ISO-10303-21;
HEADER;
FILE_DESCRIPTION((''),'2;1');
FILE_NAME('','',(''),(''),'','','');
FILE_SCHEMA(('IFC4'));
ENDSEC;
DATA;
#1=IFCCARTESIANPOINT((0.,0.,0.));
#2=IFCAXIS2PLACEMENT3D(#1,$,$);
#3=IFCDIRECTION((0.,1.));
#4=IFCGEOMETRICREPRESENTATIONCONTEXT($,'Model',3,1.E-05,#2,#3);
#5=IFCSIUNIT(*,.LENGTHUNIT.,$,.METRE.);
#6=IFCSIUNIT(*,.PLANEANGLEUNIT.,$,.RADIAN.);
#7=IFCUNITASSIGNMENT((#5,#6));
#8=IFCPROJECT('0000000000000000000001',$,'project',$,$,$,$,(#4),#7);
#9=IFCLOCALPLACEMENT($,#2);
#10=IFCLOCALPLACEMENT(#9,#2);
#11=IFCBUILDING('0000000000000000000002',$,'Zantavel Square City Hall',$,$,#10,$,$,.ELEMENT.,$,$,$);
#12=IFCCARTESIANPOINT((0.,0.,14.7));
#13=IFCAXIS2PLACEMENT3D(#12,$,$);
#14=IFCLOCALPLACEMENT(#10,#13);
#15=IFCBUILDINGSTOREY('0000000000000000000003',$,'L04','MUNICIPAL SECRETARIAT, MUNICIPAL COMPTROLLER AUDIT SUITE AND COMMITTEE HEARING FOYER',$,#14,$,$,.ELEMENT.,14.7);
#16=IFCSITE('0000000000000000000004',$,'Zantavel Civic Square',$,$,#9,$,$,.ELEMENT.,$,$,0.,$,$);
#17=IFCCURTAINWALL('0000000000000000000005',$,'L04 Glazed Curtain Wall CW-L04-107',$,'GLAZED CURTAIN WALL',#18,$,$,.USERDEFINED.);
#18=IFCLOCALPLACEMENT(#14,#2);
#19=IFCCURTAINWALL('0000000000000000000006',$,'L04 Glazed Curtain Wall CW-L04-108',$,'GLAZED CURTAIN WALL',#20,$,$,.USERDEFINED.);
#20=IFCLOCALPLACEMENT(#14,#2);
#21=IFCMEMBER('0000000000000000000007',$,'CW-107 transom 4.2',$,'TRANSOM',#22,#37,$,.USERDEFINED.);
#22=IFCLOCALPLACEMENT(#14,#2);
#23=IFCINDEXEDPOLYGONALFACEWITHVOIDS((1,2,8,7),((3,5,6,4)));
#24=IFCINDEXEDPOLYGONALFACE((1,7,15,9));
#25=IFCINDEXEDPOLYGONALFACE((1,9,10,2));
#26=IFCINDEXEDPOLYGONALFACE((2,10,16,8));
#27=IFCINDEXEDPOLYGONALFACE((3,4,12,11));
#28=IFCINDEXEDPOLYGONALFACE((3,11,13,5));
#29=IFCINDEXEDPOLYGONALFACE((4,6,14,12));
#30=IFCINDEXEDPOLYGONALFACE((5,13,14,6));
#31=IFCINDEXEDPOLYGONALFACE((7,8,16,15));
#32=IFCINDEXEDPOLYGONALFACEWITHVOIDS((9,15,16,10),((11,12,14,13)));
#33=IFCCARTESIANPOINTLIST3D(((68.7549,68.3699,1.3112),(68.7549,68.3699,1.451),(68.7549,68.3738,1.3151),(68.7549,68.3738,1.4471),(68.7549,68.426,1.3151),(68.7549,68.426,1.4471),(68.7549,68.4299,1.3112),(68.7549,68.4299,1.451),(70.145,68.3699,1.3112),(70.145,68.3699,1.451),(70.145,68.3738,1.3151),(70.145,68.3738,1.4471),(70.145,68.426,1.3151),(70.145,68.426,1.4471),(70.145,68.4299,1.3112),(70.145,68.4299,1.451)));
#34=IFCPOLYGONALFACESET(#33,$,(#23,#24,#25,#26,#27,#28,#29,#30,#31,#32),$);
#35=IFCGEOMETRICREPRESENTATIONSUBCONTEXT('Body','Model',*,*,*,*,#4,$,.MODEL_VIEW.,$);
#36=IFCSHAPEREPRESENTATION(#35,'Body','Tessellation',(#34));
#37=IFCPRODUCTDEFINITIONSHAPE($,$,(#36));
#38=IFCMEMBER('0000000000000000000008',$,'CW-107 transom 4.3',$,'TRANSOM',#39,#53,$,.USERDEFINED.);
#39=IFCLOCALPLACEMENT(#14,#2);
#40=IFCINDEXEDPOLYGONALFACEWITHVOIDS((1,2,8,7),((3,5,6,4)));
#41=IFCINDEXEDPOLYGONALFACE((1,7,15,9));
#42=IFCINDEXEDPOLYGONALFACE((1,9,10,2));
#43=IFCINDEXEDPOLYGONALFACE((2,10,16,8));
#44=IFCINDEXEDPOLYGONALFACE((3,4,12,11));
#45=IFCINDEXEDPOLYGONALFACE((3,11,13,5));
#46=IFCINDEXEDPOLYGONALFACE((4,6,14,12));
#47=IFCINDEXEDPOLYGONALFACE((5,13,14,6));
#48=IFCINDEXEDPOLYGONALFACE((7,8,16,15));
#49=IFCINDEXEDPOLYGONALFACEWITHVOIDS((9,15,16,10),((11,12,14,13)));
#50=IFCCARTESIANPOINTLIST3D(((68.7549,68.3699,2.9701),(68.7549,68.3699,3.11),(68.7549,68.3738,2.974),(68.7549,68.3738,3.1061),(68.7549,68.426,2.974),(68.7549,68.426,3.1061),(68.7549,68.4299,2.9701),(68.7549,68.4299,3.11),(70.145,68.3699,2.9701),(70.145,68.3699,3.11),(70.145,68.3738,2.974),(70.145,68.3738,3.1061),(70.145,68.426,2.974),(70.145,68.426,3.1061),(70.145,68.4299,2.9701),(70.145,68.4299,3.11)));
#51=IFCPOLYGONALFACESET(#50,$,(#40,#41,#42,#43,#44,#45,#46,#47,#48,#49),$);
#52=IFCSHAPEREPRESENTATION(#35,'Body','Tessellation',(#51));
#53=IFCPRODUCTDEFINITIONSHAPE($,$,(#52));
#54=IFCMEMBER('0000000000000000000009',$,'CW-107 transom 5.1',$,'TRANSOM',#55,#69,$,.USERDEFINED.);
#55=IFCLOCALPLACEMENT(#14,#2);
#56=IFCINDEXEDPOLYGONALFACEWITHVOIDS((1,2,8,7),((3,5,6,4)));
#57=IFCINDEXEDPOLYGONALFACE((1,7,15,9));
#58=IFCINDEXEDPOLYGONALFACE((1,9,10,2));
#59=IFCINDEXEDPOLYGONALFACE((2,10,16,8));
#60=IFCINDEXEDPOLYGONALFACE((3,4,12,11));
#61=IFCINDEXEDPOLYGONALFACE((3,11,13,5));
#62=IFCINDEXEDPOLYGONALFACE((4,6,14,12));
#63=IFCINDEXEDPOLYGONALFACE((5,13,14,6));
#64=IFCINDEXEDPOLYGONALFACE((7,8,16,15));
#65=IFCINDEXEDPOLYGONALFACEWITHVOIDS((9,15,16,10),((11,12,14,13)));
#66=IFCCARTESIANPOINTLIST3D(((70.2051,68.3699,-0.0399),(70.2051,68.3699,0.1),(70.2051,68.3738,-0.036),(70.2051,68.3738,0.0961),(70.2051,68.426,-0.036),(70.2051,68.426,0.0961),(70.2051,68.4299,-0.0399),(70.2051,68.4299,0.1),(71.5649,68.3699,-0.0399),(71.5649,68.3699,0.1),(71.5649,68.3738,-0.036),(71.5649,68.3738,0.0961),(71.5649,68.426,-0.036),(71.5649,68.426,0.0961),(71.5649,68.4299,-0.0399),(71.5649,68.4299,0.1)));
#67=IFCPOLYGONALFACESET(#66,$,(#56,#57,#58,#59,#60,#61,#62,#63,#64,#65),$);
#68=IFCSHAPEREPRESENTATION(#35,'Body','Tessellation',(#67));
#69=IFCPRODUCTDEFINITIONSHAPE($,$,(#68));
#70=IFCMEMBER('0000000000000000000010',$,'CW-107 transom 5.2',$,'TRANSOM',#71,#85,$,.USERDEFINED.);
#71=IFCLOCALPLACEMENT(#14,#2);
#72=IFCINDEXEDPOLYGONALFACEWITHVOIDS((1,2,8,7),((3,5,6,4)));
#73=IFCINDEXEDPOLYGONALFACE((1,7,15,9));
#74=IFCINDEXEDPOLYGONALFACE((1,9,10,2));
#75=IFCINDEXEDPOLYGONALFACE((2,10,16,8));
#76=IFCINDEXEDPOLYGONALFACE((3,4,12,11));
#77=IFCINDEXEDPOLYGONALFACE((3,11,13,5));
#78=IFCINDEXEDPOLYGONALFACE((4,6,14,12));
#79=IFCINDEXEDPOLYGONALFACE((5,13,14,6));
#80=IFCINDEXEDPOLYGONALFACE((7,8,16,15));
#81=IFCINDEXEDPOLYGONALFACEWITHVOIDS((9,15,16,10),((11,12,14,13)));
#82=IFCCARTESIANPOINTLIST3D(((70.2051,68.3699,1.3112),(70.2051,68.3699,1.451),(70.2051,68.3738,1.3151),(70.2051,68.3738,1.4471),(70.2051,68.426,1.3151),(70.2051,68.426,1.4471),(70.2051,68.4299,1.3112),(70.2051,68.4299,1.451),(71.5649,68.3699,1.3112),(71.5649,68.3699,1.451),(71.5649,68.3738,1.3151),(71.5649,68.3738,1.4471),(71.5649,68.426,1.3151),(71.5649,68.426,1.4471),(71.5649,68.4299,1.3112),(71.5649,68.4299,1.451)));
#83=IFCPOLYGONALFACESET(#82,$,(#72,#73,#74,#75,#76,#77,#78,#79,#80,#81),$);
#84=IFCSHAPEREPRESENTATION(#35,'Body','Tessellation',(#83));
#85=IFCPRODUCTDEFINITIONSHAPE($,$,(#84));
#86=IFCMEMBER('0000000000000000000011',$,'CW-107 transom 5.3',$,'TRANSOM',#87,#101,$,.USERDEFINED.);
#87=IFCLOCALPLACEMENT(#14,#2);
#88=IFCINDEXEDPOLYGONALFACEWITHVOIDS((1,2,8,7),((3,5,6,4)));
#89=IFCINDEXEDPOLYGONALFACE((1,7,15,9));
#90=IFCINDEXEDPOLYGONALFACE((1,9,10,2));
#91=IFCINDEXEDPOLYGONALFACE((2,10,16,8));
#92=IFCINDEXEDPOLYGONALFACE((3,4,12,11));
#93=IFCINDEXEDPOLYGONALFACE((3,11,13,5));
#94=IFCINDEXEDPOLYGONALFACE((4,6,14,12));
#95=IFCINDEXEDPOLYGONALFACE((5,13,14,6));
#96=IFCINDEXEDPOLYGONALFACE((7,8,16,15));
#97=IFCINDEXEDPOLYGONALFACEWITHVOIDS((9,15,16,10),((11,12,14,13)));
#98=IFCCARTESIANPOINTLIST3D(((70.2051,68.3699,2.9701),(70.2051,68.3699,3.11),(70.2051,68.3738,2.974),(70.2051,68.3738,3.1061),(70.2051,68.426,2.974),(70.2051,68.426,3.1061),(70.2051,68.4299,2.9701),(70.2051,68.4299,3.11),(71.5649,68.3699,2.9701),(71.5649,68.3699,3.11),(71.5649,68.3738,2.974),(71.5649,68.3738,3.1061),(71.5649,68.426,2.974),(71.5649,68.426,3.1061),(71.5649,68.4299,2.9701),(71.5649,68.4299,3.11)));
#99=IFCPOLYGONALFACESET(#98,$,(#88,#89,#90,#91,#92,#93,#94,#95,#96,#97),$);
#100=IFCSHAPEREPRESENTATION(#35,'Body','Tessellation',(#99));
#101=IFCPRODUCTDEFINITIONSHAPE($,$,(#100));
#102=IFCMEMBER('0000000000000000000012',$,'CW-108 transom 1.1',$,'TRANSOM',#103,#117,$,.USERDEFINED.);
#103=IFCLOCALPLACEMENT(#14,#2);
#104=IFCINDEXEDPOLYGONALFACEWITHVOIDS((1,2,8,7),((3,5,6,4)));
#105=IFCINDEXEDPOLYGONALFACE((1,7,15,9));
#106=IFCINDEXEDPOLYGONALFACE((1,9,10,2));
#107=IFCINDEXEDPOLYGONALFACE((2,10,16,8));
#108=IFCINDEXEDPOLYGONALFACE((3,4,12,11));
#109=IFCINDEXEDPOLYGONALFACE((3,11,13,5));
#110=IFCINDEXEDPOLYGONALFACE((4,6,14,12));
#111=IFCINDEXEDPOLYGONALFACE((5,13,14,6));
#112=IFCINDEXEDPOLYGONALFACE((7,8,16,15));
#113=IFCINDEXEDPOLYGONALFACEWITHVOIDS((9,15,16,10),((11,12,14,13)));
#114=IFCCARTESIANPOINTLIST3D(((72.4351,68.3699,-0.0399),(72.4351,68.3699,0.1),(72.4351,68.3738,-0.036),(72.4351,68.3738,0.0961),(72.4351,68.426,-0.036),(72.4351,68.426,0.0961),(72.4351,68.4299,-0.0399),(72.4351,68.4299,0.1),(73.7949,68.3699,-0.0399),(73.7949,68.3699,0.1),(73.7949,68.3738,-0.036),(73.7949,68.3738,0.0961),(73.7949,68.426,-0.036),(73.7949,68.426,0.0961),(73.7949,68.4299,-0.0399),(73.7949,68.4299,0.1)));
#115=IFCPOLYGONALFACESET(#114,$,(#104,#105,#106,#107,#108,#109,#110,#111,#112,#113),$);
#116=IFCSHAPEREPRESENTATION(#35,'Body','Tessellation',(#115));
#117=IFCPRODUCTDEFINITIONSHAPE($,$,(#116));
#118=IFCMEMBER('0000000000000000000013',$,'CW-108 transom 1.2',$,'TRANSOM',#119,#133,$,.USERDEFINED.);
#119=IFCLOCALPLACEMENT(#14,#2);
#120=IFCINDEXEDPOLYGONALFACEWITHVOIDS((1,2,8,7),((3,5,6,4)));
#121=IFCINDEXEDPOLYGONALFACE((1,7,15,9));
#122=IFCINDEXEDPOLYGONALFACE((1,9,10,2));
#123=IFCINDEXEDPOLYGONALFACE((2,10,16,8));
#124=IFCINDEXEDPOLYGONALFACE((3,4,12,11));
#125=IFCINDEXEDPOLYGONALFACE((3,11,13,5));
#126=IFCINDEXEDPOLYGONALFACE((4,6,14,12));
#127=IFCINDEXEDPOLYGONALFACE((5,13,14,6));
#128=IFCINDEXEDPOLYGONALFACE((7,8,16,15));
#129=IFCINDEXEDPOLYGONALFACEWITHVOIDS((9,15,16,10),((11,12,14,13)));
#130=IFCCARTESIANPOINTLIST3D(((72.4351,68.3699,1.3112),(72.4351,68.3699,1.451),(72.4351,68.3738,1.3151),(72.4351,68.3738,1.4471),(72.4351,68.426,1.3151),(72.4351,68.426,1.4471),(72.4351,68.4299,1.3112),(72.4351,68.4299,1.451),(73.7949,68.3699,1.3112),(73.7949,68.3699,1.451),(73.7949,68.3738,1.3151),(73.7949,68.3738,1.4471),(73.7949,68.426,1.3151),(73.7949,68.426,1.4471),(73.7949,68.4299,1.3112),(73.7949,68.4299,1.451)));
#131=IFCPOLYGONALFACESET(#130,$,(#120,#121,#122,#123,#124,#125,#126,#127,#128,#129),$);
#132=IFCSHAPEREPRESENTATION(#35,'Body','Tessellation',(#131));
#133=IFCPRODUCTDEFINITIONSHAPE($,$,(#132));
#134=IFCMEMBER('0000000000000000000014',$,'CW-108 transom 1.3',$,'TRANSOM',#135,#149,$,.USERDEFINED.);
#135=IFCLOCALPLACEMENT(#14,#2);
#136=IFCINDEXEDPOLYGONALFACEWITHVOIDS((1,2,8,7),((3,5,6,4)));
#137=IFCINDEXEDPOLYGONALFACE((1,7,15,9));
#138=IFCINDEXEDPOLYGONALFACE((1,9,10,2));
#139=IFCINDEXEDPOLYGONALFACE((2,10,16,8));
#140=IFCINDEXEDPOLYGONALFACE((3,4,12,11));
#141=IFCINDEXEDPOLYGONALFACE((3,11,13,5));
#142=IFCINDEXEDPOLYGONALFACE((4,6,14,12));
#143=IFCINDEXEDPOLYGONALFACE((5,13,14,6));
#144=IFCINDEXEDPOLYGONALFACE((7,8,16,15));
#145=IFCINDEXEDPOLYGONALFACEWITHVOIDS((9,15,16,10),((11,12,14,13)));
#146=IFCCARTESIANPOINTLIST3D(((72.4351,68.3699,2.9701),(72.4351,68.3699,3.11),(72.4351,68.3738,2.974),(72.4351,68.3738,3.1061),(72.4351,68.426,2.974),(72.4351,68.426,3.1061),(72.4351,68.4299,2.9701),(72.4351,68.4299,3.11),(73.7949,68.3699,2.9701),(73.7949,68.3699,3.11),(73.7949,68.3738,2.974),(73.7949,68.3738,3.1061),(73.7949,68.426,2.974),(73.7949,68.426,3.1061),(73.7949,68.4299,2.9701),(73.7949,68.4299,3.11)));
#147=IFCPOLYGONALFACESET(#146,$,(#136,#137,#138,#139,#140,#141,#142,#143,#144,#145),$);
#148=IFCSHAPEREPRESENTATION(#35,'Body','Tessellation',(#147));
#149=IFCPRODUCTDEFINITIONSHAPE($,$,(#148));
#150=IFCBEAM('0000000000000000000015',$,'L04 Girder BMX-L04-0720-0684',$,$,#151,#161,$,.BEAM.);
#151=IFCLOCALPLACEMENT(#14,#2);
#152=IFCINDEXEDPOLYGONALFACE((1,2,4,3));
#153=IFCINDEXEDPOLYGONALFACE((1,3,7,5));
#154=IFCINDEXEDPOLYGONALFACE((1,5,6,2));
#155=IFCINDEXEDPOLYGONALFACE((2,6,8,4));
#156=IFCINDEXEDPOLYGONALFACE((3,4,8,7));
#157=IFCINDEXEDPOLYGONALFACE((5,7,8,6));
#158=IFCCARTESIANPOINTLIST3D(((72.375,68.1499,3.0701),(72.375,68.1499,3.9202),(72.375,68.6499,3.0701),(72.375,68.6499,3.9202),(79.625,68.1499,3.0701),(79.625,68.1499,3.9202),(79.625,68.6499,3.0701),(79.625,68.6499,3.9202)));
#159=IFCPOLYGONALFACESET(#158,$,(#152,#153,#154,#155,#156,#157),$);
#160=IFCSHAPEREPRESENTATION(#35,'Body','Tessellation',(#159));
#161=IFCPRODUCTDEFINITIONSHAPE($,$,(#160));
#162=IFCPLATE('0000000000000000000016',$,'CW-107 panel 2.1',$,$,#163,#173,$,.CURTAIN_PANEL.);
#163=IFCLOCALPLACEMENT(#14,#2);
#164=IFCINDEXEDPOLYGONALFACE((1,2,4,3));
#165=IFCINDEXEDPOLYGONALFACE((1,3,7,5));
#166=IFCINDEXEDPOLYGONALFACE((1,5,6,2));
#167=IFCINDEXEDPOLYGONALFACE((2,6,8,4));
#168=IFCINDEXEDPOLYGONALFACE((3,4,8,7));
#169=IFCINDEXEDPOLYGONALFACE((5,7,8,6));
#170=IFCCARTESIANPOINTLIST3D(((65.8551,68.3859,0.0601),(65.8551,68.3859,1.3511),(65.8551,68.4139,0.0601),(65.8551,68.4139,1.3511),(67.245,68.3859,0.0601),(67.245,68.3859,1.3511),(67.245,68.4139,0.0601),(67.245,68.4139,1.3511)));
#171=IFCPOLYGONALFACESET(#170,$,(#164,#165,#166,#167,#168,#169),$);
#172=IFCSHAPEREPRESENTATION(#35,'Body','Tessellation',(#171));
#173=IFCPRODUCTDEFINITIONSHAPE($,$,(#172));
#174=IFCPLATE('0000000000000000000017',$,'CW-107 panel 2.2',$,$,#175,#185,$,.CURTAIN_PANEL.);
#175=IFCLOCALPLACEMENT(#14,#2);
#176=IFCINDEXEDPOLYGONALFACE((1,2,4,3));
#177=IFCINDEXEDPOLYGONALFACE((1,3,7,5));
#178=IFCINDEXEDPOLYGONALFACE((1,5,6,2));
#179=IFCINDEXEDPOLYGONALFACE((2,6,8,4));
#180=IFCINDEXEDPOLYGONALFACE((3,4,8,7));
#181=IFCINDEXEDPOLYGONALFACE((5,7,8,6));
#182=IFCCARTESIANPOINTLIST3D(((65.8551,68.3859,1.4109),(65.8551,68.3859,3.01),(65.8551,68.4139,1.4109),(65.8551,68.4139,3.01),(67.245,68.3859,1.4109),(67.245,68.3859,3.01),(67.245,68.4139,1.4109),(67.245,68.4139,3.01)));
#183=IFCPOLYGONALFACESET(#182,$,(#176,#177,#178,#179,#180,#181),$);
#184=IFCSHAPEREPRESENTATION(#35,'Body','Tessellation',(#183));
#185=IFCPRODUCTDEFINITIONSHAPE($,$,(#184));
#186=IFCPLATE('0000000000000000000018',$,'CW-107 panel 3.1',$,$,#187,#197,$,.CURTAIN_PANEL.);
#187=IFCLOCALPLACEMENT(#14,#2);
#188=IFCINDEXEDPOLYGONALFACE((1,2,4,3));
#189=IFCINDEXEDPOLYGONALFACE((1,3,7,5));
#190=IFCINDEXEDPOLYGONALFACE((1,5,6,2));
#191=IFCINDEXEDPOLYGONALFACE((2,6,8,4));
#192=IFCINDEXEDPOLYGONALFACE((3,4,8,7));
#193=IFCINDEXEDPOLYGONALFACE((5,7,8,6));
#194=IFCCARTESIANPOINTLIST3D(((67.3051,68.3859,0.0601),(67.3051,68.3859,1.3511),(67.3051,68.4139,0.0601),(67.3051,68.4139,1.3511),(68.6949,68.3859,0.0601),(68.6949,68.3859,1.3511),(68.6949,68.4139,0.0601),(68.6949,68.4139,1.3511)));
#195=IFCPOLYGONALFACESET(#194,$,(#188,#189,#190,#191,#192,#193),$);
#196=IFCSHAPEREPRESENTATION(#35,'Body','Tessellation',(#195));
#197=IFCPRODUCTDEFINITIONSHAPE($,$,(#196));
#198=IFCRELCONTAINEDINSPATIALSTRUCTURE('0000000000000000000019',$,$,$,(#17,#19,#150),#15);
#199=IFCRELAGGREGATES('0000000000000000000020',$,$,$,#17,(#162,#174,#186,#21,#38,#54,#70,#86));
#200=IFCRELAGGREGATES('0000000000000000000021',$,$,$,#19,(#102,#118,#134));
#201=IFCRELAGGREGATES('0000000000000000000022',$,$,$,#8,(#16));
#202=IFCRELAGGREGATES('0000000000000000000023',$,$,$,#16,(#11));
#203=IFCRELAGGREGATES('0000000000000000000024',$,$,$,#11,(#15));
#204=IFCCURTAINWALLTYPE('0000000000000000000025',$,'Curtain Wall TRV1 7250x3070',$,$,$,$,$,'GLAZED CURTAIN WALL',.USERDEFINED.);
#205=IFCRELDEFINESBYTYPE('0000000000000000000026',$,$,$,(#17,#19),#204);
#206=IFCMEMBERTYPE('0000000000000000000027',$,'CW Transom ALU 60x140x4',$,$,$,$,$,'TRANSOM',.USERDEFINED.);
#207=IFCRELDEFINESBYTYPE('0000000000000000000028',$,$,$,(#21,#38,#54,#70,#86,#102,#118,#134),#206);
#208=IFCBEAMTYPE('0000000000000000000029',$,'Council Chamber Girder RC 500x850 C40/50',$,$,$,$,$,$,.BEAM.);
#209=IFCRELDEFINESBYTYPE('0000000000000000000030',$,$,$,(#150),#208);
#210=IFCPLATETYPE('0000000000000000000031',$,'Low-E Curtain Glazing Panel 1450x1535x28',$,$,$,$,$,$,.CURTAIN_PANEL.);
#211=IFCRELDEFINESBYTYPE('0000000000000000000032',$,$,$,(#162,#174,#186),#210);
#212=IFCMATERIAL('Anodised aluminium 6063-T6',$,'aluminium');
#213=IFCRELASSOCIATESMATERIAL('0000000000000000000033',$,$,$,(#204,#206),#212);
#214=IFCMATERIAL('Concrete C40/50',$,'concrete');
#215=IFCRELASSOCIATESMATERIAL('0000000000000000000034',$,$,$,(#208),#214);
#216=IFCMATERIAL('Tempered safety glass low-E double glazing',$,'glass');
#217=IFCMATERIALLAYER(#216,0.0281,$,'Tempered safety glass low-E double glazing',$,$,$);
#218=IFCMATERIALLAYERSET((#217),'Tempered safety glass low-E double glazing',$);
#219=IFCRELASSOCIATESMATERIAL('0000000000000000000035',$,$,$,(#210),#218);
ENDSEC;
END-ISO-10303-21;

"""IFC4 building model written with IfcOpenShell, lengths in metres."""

from ifc_helpers import new_model, si_unit, direction, frame, origin, origin_2d, place, context, subcontext, project, spatial, rectangle, hollow_rectangle, extrude, material, layer, layer_set, material_profile, profile_set, type_object, element, aggregate, save


model = new_model("IFC4")

# Units and contexts
model_context = context("Model", 3, precision=1e-05, world=origin(), true_north=direction((0.0, 1.0)))
body_context = subcontext(model_context, "Body", "Model", "MODEL_VIEW")
ifc_project = project(units=[si_unit("LENGTHUNIT", "METRE"), si_unit("PLANEANGLEUNIT", "RADIAN")], contexts=[model_context])

# Site, building, storey
site_placement = place(None, origin())
site = spatial("IfcSite", under=ifc_project, at=site_placement, Name="Zantavel Civic Square", CompositionType="ELEMENT", RefElevation=0.0)
building_placement = place(site_placement, origin())
building = spatial("IfcBuilding", under=site, at=building_placement, Name="Zantavel Square City Hall", CompositionType="ELEMENT")
storey_placement = place(building_placement, frame((0.0, 0.0, 14.7)))
storey = spatial("IfcBuildingStorey", under=building, at=storey_placement, Name="L04", Description="MUNICIPAL SECRETARIAT, MUNICIPAL COMPTROLLER AUDIT SUITE AND COMMITTEE HEARING FOYER", CompositionType="ELEMENT", Elevation=14.7)

# Shared definitions
ifc_material_1 = material(Name="Concrete C40/50", Category="concrete")

# Curtain wall
ifc_material_2 = material(Name="Anodised aluminium 6063-T6", Category="aluminium")
curtain_wall_type = type_object("IfcCurtainWallType", Name="Curtain Wall TRV1 7250x3070", ElementType="GLAZED CURTAIN WALL", PredefinedType="USERDEFINED", material=ifc_material_2)
curtain_wall_1_placement = place(storey_placement, origin())
curtain_wall_1 = element("IfcCurtainWall", 1, at=curtain_wall_1_placement, inside=storey, type_object=curtain_wall_type, Name="L04 Glazed Curtain Wall CW-L04-107", ObjectType="GLAZED CURTAIN WALL", PredefinedType="USERDEFINED")

# Curtain wall
curtain_wall_2_placement = place(storey_placement, origin())
curtain_wall_2 = element("IfcCurtainWall", 2, at=curtain_wall_2_placement, inside=storey, type_object=curtain_wall_type, Name="L04 Glazed Curtain Wall CW-L04-108", ObjectType="GLAZED CURTAIN WALL", PredefinedType="USERDEFINED")

# Members
ifc_material_profile_1 = material_profile(ifc_material_2, hollow_rectangle(XDim=0.0601, YDim=0.1399, WallThickness=0.0039, at=origin_2d()), Name="ALU 60x140x4")
ifc_profile_set_1 = profile_set([ifc_material_profile_1], Name="Anodised aluminium 6063-T6")
member_type_1 = type_object("IfcMemberType", Name="CW Transom ALU 60x140x4", ElementType="TRANSOM", PredefinedType="USERDEFINED", material=ifc_profile_set_1)
member_1_placement = place(storey_placement, frame((68.7549, 68.3999, 1.3811), z_axis=(1.0, 0.0, 0.0), x_axis=(0.0, 1.0, 0.0)))
member_1 = element("IfcMember", 3, at=member_1_placement, type_object=member_type_1, Name="CW-107 transom 4.2", ObjectType="TRANSOM", PredefinedType="USERDEFINED", context=body_context, shape_type="SweptSolid", body=[
    extrude(hollow_rectangle(XDim=0.0601, YDim=0.1399, WallThickness=0.0039, at=origin_2d()), origin(), (0.0, 0.0, 1.0), 1.3901),
])
member_2_placement = place(storey_placement, frame((68.7549, 68.3999, 3.04), z_axis=(1.0, 0.0, 0.0), x_axis=(0.0, 1.0, 0.0)))
member_2 = element("IfcMember", 4, at=member_2_placement, type_object=member_type_1, Name="CW-107 transom 4.3", ObjectType="TRANSOM", PredefinedType="USERDEFINED", context=body_context, shape_type="SweptSolid", body=[
    extrude(hollow_rectangle(XDim=0.0601, YDim=0.1399, WallThickness=0.0039, at=origin_2d()), origin(), (0.0, 0.0, 1.0), 1.3901),
])
member_3_placement = place(storey_placement, frame((70.2051, 68.3999, 0.03), z_axis=(1.0, 0.0, 0.0), x_axis=(0.0, 1.0, 0.0)))
member_3 = element("IfcMember", 5, at=member_3_placement, type_object=member_type_1, Name="CW-107 transom 5.1", ObjectType="TRANSOM", PredefinedType="USERDEFINED", context=body_context, shape_type="SweptSolid", body=[
    extrude(hollow_rectangle(XDim=0.0601, YDim=0.1399, WallThickness=0.0039, at=origin_2d()), origin(), (0.0, 0.0, 1.0), 1.3599),
])
member_4_placement = place(storey_placement, frame((70.2051, 68.3999, 1.3811), z_axis=(1.0, 0.0, 0.0), x_axis=(0.0, 1.0, 0.0)))
member_4 = element("IfcMember", 6, at=member_4_placement, type_object=member_type_1, Name="CW-107 transom 5.2", ObjectType="TRANSOM", PredefinedType="USERDEFINED", context=body_context, shape_type="SweptSolid", body=[
    extrude(hollow_rectangle(XDim=0.0601, YDim=0.1399, WallThickness=0.0039, at=origin_2d()), origin(), (0.0, 0.0, 1.0), 1.3599),
])
member_5_placement = place(storey_placement, frame((70.2051, 68.3999, 3.04), z_axis=(1.0, 0.0, 0.0), x_axis=(0.0, 1.0, 0.0)))
member_5 = element("IfcMember", 7, at=member_5_placement, type_object=member_type_1, Name="CW-107 transom 5.3", ObjectType="TRANSOM", PredefinedType="USERDEFINED", context=body_context, shape_type="SweptSolid", body=[
    extrude(hollow_rectangle(XDim=0.0601, YDim=0.1399, WallThickness=0.0039, at=origin_2d()), origin(), (0.0, 0.0, 1.0), 1.3599),
])
member_6_placement = place(storey_placement, frame((72.4351, 68.3999, 0.03), z_axis=(1.0, 0.0, 0.0), x_axis=(0.0, 1.0, 0.0)))
member_6 = element("IfcMember", 8, at=member_6_placement, type_object=member_type_1, Name="CW-108 transom 1.1", ObjectType="TRANSOM", PredefinedType="USERDEFINED", context=body_context, shape_type="SweptSolid", body=[
    extrude(hollow_rectangle(XDim=0.0601, YDim=0.1399, WallThickness=0.0039, at=origin_2d()), origin(), (0.0, 0.0, 1.0), 1.3599),
])
member_7_placement = place(storey_placement, frame((72.4351, 68.3999, 1.3811), z_axis=(1.0, 0.0, 0.0), x_axis=(0.0, 1.0, 0.0)))
member_7 = element("IfcMember", 9, at=member_7_placement, type_object=member_type_1, Name="CW-108 transom 1.2", ObjectType="TRANSOM", PredefinedType="USERDEFINED", context=body_context, shape_type="SweptSolid", body=[
    extrude(hollow_rectangle(XDim=0.0601, YDim=0.1399, WallThickness=0.0039, at=origin_2d()), origin(), (0.0, 0.0, 1.0), 1.3599),
])
member_8_placement = place(storey_placement, frame((72.4351, 68.3999, 3.04), z_axis=(1.0, 0.0, 0.0), x_axis=(0.0, 1.0, 0.0)))
member_8 = element("IfcMember", 10, at=member_8_placement, type_object=member_type_1, Name="CW-108 transom 1.3", ObjectType="TRANSOM", PredefinedType="USERDEFINED", context=body_context, shape_type="SweptSolid", body=[
    extrude(hollow_rectangle(XDim=0.0601, YDim=0.1399, WallThickness=0.0039, at=origin_2d()), origin(), (0.0, 0.0, 1.0), 1.3599),
])

# Beam
ifc_material_profile_2 = material_profile(ifc_material_1, rectangle(XDim=0.5, YDim=0.8501, at=origin_2d()), Name="RC 500x850")
ifc_profile_set_2 = profile_set([ifc_material_profile_2], Name="Concrete C40/50")
beam_type = type_object("IfcBeamType", Name="Council Chamber Girder RC 500x850 C40/50", PredefinedType="BEAM", material=ifc_profile_set_2)
beam_placement = place(storey_placement, frame((72.375, 68.3999, 3.4951), z_axis=(1.0, 0.0, 0.0), x_axis=(0.0, 1.0, 0.0)))
element("IfcBeam", 11, at=beam_placement, inside=storey, type_object=beam_type, Name="L04 Girder BMX-L04-0720-0684", PredefinedType="BEAM", context=body_context, shape_type="SweptSolid", body=[
    extrude(rectangle(XDim=0.5, YDim=0.8501, at=origin_2d()), origin(), (0.0, 0.0, 1.0), 7.25),
])

# Plates
ifc_material_3 = material(Name="Tempered safety glass low-E double glazing", Category="glass")
ifc_layer_1 = layer(ifc_material_3, 0.0281, Name="Tempered safety glass low-E double glazing")
ifc_layer_set_1 = layer_set([ifc_layer_1], Name="Tempered safety glass low-E double glazing")
plate_type = type_object("IfcPlateType", Name="Low-E Curtain Glazing Panel 1450x1535x28", PredefinedType="CURTAIN_PANEL", material=ifc_layer_set_1)
plate_1_placement = place(storey_placement, frame((66.55, 68.3999, 0.0601), z_axis=(0.0, 0.0, 1.0), x_axis=(1.0, 0.0, 0.0)))
plate_1 = element("IfcPlate", 12, at=plate_1_placement, type_object=plate_type, Name="CW-107 panel 2.1", PredefinedType="CURTAIN_PANEL", context=body_context, shape_type="SweptSolid", body=[
    extrude(rectangle(XDim=1.3899, YDim=0.0281, at=origin_2d()), origin(), (0.0, 0.0, 1.0), 1.291),
])
plate_2_placement = place(storey_placement, frame((66.55, 68.3999, 1.4109), z_axis=(0.0, 0.0, 1.0), x_axis=(1.0, 0.0, 0.0)))
plate_2 = element("IfcPlate", 13, at=plate_2_placement, type_object=plate_type, Name="CW-107 panel 2.2", PredefinedType="CURTAIN_PANEL", context=body_context, shape_type="SweptSolid", body=[
    extrude(rectangle(XDim=1.3899, YDim=0.0281, at=origin_2d()), origin(), (0.0, 0.0, 1.0), 1.5991),
])
plate_3_placement = place(storey_placement, frame((68.0, 68.3999, 0.0601), z_axis=(0.0, 0.0, 1.0), x_axis=(1.0, 0.0, 0.0)))
plate_3 = element("IfcPlate", 14, at=plate_3_placement, type_object=plate_type, Name="CW-107 panel 3.1", PredefinedType="CURTAIN_PANEL", context=body_context, shape_type="SweptSolid", body=[
    extrude(rectangle(XDim=1.3899, YDim=0.0281, at=origin_2d()), origin(), (0.0, 0.0, 1.0), 1.291),
])
aggregate(curtain_wall_1, [plate_1, plate_2, plate_3, member_1, member_2, member_3, member_4, member_5])
aggregate(curtain_wall_2, [member_6, member_7, member_8])

save(model, "model.ifc")
